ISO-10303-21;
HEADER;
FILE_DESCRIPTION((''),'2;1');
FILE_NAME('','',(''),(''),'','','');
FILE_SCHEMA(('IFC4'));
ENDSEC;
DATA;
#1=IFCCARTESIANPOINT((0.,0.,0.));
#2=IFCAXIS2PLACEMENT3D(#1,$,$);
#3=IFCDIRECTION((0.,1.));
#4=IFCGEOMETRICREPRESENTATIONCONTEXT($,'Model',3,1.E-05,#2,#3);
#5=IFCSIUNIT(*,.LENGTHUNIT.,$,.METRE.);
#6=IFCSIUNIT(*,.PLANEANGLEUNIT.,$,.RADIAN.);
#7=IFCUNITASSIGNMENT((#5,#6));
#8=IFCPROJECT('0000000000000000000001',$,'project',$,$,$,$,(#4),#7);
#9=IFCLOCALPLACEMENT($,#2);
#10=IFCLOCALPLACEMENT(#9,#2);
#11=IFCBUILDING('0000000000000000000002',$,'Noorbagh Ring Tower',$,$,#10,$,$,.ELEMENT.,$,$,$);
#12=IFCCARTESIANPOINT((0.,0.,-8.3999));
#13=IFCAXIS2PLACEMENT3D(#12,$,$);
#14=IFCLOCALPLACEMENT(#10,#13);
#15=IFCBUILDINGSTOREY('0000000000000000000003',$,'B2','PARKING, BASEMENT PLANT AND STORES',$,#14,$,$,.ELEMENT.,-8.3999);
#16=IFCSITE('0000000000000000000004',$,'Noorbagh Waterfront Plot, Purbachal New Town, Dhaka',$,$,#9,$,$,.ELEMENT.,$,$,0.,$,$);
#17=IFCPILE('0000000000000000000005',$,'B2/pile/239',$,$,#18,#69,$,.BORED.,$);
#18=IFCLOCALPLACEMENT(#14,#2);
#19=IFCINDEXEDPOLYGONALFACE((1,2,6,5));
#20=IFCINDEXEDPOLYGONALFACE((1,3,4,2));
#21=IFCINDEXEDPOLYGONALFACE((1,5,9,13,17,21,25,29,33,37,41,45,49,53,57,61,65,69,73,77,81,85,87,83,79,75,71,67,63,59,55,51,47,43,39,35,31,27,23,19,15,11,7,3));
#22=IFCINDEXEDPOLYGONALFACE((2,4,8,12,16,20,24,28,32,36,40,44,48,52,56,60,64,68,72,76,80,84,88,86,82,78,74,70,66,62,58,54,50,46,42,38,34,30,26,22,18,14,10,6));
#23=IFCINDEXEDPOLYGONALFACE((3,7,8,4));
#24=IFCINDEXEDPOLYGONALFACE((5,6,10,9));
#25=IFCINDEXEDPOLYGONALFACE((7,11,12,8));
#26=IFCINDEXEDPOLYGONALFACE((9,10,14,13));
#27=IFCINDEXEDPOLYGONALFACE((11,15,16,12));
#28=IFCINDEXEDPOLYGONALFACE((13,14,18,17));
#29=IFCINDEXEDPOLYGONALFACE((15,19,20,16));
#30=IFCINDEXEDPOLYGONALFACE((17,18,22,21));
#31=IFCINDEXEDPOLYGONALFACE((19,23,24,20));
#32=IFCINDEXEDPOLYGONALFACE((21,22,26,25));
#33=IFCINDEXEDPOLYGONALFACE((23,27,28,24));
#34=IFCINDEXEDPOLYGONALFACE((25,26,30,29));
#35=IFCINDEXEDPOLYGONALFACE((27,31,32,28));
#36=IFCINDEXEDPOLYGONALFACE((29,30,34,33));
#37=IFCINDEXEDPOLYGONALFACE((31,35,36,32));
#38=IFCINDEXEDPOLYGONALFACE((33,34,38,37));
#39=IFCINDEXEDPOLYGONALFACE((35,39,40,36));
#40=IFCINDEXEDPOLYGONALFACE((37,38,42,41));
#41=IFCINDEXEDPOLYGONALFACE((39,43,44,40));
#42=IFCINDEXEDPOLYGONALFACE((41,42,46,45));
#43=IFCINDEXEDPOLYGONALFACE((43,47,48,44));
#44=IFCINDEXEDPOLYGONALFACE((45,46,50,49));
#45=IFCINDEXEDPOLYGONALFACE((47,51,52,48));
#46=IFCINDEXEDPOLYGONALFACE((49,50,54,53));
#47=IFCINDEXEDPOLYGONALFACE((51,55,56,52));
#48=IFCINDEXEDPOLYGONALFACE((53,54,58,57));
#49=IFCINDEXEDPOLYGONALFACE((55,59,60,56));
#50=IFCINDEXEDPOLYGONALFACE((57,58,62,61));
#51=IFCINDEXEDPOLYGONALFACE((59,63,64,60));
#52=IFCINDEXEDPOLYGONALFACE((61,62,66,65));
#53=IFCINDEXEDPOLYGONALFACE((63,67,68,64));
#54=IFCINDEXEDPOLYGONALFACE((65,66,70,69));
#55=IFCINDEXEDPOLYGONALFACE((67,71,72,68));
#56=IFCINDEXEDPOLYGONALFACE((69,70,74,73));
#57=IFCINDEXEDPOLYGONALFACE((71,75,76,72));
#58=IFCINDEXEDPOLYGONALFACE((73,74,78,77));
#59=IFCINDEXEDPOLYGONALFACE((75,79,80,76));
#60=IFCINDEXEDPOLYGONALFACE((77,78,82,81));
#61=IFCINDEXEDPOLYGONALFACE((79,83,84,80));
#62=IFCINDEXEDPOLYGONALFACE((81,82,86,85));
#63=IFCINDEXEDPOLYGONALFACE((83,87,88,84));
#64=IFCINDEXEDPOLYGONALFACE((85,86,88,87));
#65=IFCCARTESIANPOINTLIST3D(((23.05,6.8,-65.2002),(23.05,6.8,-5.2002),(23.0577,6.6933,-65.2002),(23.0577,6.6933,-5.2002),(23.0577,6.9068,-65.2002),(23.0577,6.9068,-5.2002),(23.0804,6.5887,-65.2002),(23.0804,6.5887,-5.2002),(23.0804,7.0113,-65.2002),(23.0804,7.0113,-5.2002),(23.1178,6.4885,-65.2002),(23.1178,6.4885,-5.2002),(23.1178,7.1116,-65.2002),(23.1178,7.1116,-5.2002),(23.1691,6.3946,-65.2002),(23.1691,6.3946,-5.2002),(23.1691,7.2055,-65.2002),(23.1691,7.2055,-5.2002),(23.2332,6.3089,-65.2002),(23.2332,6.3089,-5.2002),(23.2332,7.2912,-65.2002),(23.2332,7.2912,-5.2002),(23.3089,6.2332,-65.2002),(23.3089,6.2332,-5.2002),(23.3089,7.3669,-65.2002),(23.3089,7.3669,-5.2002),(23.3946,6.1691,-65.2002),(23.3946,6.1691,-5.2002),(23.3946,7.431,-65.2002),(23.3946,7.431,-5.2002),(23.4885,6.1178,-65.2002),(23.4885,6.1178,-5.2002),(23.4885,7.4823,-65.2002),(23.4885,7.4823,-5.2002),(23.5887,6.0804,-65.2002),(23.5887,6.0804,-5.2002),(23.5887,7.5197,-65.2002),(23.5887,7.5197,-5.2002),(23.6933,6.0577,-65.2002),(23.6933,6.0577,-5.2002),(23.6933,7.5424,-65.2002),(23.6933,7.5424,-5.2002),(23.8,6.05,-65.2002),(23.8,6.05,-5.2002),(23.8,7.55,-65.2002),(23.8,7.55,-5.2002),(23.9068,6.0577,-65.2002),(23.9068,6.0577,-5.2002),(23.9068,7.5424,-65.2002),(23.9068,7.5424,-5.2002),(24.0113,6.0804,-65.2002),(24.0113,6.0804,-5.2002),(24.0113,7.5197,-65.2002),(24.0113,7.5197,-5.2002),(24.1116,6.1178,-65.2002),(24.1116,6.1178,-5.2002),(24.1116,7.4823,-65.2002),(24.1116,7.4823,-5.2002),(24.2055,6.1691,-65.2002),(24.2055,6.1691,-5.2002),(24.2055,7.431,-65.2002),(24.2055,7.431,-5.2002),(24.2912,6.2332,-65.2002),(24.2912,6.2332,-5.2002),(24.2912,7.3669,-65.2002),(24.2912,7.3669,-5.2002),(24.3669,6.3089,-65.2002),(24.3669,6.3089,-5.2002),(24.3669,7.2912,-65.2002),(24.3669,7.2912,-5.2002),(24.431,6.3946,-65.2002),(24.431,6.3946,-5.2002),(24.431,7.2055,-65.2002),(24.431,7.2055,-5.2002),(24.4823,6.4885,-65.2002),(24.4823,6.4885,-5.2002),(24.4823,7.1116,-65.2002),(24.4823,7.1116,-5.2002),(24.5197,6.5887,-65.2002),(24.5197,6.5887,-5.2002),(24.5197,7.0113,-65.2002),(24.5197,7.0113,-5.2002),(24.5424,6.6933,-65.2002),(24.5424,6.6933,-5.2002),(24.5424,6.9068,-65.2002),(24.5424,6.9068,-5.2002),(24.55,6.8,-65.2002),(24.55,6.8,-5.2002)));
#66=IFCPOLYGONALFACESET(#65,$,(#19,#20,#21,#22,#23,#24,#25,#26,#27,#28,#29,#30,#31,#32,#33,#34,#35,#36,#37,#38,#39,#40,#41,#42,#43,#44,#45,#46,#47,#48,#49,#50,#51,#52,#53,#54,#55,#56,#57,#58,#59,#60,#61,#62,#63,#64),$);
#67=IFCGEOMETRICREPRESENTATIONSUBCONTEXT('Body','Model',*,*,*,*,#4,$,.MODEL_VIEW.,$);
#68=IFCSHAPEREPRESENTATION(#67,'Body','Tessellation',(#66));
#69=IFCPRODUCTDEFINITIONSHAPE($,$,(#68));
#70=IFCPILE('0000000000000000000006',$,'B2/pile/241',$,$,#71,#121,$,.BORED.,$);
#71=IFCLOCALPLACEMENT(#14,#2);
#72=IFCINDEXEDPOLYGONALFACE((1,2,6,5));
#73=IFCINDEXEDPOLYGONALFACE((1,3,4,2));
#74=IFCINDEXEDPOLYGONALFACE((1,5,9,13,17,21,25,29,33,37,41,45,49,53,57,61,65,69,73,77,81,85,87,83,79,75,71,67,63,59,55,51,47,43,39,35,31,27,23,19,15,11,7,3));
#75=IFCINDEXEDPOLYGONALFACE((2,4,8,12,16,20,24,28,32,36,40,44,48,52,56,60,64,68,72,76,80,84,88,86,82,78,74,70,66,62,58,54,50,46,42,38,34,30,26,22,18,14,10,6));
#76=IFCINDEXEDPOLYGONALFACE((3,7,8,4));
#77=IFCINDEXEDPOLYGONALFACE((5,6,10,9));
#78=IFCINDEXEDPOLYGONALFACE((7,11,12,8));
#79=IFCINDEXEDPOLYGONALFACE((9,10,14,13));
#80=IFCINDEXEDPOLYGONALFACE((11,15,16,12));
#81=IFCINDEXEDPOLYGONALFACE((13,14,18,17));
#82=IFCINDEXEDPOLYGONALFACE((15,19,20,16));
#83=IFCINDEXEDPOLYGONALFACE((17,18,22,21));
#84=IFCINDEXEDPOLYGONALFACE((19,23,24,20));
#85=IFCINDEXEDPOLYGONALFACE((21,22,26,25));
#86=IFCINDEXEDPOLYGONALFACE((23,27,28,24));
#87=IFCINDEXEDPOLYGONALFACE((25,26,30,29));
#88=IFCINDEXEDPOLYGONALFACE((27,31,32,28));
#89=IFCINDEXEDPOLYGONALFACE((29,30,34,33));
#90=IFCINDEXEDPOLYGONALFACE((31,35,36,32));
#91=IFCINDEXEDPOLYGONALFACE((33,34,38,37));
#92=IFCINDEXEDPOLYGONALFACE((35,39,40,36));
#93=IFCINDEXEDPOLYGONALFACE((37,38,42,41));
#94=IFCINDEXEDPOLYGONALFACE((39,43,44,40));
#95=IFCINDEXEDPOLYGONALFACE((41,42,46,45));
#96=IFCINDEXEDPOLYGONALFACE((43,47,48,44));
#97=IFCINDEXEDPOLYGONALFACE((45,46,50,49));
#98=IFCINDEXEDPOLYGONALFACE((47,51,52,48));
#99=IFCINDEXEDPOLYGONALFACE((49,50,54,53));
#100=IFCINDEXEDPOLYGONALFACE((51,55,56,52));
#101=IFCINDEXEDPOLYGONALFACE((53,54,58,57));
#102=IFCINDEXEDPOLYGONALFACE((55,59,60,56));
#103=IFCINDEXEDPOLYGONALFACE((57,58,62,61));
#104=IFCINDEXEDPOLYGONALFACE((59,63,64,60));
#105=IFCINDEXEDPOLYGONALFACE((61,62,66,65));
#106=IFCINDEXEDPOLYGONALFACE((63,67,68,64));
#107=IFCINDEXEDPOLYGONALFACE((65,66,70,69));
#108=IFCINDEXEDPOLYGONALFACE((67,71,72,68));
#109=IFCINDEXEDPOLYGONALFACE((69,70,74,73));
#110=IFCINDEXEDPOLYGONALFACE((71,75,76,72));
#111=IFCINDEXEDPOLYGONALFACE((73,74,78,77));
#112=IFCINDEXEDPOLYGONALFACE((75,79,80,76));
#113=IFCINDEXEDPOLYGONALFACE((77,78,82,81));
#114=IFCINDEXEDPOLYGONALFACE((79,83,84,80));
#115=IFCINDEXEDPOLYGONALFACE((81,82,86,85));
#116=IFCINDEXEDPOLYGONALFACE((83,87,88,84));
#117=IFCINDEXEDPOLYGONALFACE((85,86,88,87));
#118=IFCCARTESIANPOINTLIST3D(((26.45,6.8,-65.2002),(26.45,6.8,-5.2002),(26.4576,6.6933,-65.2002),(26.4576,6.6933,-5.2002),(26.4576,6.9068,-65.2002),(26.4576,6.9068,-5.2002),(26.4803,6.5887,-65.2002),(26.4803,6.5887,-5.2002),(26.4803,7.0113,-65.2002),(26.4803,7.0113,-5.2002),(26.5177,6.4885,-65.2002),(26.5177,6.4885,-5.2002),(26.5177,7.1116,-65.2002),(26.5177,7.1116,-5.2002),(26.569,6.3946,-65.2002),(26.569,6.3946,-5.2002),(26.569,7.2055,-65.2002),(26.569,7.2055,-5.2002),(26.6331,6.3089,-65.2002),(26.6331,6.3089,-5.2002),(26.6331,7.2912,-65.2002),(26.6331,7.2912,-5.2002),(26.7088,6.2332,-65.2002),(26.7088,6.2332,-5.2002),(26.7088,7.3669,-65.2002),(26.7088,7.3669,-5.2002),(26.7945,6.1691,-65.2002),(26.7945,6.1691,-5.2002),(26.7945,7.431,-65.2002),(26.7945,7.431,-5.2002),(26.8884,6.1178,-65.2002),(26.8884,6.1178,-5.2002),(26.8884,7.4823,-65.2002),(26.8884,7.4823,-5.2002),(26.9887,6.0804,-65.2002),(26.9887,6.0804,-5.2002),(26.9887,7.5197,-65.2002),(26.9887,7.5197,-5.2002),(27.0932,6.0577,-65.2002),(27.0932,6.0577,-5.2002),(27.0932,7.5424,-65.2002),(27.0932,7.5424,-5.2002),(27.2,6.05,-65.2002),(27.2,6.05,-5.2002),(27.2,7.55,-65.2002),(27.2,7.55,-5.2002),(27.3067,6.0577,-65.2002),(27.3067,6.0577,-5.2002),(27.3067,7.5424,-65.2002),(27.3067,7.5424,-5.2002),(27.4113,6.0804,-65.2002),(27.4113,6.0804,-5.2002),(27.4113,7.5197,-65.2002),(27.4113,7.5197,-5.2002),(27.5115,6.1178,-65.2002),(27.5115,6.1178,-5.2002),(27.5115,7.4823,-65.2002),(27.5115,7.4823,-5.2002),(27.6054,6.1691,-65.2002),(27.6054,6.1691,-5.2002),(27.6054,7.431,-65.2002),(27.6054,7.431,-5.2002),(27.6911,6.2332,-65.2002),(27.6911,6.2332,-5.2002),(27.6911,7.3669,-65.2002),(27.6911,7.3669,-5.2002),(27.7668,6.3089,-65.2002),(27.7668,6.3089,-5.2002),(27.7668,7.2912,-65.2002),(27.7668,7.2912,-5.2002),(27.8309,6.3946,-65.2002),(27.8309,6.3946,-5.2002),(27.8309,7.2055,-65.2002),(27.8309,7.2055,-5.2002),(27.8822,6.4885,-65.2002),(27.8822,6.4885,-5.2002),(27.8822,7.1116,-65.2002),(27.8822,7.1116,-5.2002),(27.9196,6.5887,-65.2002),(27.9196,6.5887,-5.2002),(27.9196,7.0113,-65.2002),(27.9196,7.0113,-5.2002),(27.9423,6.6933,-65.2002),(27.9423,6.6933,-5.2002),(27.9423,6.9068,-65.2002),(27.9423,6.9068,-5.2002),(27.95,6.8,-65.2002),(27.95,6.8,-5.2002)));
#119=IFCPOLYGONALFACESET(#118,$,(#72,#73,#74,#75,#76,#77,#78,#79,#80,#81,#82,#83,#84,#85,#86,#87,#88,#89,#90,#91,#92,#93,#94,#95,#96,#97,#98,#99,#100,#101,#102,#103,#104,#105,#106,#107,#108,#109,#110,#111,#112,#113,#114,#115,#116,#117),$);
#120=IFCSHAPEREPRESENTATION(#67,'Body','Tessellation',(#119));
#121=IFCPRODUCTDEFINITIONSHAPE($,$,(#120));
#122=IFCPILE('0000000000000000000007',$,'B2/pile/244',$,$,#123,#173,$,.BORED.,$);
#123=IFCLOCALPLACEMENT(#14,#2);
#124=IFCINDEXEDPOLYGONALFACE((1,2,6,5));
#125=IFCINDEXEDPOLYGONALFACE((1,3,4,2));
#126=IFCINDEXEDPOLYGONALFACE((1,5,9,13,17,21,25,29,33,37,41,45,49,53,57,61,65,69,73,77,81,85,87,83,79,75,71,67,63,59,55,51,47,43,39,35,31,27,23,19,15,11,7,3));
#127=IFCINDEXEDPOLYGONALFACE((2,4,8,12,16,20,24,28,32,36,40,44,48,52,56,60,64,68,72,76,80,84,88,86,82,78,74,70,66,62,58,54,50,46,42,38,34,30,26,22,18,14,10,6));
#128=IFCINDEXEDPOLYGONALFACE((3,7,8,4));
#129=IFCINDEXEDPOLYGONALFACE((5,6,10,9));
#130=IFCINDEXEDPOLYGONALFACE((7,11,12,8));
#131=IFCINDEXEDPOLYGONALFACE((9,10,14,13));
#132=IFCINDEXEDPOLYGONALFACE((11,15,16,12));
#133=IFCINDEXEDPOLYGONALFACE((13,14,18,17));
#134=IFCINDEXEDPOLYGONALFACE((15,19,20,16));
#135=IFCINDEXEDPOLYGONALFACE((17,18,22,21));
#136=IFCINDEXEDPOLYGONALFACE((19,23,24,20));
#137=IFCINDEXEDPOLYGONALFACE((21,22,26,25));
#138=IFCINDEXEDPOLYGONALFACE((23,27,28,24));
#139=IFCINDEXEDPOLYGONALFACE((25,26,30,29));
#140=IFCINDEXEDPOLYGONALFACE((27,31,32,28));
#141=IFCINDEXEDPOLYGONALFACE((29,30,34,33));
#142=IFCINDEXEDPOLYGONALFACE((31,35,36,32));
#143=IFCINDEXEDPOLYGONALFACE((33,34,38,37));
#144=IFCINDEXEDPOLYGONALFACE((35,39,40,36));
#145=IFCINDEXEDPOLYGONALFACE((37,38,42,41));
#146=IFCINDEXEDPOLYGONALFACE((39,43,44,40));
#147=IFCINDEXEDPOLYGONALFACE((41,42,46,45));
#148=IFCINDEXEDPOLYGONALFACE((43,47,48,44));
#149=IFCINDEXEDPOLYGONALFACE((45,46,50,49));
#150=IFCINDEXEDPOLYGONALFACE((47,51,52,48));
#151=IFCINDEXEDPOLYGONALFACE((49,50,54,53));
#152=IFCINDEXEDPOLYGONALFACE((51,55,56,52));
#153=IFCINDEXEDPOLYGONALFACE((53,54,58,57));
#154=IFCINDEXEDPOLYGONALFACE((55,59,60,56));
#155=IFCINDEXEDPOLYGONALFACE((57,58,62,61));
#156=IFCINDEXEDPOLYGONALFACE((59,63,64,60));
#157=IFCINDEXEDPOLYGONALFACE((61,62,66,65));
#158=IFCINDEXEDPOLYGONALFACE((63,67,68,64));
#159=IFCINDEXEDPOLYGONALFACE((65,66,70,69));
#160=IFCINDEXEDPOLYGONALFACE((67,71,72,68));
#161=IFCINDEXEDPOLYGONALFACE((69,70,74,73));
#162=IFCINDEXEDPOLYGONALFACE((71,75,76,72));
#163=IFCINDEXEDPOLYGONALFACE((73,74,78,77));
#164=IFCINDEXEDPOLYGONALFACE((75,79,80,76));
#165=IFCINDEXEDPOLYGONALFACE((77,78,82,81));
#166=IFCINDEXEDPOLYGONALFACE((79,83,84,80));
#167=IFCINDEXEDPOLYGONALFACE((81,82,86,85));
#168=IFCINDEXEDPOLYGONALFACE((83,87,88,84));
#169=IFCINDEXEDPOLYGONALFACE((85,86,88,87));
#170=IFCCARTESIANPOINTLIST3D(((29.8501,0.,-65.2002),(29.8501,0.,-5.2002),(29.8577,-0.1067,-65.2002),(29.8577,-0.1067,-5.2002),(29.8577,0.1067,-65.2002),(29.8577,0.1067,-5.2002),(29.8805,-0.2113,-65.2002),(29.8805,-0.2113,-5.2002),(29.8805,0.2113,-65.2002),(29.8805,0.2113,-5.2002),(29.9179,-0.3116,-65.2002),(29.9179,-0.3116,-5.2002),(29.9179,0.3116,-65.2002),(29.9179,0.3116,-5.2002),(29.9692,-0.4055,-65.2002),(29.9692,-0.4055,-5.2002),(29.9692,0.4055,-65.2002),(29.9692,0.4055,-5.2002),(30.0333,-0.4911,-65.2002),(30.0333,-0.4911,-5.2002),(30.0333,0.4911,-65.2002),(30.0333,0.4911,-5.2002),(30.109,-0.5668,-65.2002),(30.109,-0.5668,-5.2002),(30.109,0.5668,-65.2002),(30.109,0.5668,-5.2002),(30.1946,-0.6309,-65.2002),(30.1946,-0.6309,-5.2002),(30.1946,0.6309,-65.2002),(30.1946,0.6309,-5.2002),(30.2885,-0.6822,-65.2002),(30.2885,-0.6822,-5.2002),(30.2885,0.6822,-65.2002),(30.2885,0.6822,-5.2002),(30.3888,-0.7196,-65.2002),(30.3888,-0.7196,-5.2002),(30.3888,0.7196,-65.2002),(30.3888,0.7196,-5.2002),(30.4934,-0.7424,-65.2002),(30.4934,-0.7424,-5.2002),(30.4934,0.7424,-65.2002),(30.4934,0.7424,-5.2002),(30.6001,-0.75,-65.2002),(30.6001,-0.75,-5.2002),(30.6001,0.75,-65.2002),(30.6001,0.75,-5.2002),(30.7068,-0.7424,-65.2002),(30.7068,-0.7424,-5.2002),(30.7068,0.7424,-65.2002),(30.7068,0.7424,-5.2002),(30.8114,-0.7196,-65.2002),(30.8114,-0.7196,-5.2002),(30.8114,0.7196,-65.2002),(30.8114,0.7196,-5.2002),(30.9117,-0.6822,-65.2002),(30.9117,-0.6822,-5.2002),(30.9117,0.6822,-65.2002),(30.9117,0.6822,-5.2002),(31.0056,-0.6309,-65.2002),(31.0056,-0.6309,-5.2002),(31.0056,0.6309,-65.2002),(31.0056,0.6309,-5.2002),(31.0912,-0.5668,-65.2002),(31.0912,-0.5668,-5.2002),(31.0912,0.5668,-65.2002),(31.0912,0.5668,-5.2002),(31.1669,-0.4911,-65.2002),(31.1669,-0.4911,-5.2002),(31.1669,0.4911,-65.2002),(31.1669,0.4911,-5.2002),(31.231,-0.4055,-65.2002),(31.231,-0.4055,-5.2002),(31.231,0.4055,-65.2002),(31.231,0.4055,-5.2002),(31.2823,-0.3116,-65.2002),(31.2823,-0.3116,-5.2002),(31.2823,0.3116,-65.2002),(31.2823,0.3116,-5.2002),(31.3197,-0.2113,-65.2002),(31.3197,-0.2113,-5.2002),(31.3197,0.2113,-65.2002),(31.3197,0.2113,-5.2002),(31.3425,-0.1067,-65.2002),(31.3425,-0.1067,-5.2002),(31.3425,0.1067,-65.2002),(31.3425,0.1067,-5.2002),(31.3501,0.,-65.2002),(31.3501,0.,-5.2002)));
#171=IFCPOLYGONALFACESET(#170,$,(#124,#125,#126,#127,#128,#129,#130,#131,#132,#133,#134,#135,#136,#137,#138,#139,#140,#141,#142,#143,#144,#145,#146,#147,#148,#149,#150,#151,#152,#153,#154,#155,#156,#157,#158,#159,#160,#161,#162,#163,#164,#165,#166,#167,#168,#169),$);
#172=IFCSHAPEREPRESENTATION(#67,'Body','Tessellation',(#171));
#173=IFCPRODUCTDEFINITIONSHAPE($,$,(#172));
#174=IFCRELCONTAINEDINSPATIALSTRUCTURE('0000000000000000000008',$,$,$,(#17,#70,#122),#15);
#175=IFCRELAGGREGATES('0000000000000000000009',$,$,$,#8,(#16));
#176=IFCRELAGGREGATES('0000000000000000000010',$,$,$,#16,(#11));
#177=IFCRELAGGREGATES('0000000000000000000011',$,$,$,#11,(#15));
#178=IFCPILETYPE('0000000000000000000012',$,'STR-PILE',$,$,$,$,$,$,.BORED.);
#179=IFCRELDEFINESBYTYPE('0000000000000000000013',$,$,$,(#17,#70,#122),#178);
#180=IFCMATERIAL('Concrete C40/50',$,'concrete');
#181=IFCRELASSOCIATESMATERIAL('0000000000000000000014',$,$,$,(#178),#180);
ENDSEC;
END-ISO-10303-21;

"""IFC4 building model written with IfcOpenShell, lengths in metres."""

from ifc_helpers import new_model, si_unit, direction, frame, origin, origin_2d, place, context, subcontext, project, spatial, circle, extrude, material, material_profile, profile_set, type_object, element, save


model = new_model("IFC4")

# Units and contexts
model_context = context("Model", 3, precision=1e-05, world=origin(), true_north=direction((0.0, 1.0)))
body_context = subcontext(model_context, "Body", "Model", "MODEL_VIEW")
ifc_project = project(units=[si_unit("LENGTHUNIT", "METRE"), si_unit("PLANEANGLEUNIT", "RADIAN")], contexts=[model_context])

# Site, building, storey
site_placement = place(None, origin())
site = spatial("IfcSite", under=ifc_project, at=site_placement, Name="Noorbagh Waterfront Plot, Purbachal New Town, Dhaka", CompositionType="ELEMENT", RefElevation=0.0)
building_placement = place(site_placement, origin())
building = spatial("IfcBuilding", under=site, at=building_placement, Name="Noorbagh Ring Tower", CompositionType="ELEMENT")
storey_placement = place(building_placement, frame((0.0, 0.0, -8.3999)))
storey = spatial("IfcBuildingStorey", under=building, at=storey_placement, Name="B2", Description="PARKING, BASEMENT PLANT AND STORES", CompositionType="ELEMENT", Elevation=-8.3999)

# Piles
ifc_material_1 = material(Name="Concrete C40/50", Category="concrete")
ifc_material_profile_1 = material_profile(ifc_material_1, circle(Radius=0.75, at=origin_2d()), Name="PILE1500")
ifc_profile_set_1 = profile_set([ifc_material_profile_1], Name="Concrete C40/50")
pile_type = type_object("IfcPileType", Name="STR-PILE", PredefinedType="BORED", material=ifc_profile_set_1)
for number, where, z_axis, x_axis, name in (
    (1, (23.8, 6.8, -5.2002), (0.0, 0.0, -1.0), (1.0, 0.0, 0.0), "B2/pile/239"),
    (2, (27.2, 6.8, -5.2002), (0.0, 0.0, -1.0), (1.0, 0.0, 0.0), "B2/pile/241"),
    (3, (30.6001, 0.0, -5.2002), (0.0, 0.0, -1.0), (1.0, 0.0, 0.0), "B2/pile/244"),
):
    element("IfcPile", number, at=place(storey_placement, frame(where, z_axis=z_axis, x_axis=x_axis)), inside=storey, type_object=pile_type, Name=name, PredefinedType="BORED", context=body_context, shape_type="SweptSolid", body=[
        extrude(circle(Radius=0.75, at=origin_2d()), origin(), (0.0, 0.0, 1.0), 60.0),
    ])

save(model, "model.ifc")
